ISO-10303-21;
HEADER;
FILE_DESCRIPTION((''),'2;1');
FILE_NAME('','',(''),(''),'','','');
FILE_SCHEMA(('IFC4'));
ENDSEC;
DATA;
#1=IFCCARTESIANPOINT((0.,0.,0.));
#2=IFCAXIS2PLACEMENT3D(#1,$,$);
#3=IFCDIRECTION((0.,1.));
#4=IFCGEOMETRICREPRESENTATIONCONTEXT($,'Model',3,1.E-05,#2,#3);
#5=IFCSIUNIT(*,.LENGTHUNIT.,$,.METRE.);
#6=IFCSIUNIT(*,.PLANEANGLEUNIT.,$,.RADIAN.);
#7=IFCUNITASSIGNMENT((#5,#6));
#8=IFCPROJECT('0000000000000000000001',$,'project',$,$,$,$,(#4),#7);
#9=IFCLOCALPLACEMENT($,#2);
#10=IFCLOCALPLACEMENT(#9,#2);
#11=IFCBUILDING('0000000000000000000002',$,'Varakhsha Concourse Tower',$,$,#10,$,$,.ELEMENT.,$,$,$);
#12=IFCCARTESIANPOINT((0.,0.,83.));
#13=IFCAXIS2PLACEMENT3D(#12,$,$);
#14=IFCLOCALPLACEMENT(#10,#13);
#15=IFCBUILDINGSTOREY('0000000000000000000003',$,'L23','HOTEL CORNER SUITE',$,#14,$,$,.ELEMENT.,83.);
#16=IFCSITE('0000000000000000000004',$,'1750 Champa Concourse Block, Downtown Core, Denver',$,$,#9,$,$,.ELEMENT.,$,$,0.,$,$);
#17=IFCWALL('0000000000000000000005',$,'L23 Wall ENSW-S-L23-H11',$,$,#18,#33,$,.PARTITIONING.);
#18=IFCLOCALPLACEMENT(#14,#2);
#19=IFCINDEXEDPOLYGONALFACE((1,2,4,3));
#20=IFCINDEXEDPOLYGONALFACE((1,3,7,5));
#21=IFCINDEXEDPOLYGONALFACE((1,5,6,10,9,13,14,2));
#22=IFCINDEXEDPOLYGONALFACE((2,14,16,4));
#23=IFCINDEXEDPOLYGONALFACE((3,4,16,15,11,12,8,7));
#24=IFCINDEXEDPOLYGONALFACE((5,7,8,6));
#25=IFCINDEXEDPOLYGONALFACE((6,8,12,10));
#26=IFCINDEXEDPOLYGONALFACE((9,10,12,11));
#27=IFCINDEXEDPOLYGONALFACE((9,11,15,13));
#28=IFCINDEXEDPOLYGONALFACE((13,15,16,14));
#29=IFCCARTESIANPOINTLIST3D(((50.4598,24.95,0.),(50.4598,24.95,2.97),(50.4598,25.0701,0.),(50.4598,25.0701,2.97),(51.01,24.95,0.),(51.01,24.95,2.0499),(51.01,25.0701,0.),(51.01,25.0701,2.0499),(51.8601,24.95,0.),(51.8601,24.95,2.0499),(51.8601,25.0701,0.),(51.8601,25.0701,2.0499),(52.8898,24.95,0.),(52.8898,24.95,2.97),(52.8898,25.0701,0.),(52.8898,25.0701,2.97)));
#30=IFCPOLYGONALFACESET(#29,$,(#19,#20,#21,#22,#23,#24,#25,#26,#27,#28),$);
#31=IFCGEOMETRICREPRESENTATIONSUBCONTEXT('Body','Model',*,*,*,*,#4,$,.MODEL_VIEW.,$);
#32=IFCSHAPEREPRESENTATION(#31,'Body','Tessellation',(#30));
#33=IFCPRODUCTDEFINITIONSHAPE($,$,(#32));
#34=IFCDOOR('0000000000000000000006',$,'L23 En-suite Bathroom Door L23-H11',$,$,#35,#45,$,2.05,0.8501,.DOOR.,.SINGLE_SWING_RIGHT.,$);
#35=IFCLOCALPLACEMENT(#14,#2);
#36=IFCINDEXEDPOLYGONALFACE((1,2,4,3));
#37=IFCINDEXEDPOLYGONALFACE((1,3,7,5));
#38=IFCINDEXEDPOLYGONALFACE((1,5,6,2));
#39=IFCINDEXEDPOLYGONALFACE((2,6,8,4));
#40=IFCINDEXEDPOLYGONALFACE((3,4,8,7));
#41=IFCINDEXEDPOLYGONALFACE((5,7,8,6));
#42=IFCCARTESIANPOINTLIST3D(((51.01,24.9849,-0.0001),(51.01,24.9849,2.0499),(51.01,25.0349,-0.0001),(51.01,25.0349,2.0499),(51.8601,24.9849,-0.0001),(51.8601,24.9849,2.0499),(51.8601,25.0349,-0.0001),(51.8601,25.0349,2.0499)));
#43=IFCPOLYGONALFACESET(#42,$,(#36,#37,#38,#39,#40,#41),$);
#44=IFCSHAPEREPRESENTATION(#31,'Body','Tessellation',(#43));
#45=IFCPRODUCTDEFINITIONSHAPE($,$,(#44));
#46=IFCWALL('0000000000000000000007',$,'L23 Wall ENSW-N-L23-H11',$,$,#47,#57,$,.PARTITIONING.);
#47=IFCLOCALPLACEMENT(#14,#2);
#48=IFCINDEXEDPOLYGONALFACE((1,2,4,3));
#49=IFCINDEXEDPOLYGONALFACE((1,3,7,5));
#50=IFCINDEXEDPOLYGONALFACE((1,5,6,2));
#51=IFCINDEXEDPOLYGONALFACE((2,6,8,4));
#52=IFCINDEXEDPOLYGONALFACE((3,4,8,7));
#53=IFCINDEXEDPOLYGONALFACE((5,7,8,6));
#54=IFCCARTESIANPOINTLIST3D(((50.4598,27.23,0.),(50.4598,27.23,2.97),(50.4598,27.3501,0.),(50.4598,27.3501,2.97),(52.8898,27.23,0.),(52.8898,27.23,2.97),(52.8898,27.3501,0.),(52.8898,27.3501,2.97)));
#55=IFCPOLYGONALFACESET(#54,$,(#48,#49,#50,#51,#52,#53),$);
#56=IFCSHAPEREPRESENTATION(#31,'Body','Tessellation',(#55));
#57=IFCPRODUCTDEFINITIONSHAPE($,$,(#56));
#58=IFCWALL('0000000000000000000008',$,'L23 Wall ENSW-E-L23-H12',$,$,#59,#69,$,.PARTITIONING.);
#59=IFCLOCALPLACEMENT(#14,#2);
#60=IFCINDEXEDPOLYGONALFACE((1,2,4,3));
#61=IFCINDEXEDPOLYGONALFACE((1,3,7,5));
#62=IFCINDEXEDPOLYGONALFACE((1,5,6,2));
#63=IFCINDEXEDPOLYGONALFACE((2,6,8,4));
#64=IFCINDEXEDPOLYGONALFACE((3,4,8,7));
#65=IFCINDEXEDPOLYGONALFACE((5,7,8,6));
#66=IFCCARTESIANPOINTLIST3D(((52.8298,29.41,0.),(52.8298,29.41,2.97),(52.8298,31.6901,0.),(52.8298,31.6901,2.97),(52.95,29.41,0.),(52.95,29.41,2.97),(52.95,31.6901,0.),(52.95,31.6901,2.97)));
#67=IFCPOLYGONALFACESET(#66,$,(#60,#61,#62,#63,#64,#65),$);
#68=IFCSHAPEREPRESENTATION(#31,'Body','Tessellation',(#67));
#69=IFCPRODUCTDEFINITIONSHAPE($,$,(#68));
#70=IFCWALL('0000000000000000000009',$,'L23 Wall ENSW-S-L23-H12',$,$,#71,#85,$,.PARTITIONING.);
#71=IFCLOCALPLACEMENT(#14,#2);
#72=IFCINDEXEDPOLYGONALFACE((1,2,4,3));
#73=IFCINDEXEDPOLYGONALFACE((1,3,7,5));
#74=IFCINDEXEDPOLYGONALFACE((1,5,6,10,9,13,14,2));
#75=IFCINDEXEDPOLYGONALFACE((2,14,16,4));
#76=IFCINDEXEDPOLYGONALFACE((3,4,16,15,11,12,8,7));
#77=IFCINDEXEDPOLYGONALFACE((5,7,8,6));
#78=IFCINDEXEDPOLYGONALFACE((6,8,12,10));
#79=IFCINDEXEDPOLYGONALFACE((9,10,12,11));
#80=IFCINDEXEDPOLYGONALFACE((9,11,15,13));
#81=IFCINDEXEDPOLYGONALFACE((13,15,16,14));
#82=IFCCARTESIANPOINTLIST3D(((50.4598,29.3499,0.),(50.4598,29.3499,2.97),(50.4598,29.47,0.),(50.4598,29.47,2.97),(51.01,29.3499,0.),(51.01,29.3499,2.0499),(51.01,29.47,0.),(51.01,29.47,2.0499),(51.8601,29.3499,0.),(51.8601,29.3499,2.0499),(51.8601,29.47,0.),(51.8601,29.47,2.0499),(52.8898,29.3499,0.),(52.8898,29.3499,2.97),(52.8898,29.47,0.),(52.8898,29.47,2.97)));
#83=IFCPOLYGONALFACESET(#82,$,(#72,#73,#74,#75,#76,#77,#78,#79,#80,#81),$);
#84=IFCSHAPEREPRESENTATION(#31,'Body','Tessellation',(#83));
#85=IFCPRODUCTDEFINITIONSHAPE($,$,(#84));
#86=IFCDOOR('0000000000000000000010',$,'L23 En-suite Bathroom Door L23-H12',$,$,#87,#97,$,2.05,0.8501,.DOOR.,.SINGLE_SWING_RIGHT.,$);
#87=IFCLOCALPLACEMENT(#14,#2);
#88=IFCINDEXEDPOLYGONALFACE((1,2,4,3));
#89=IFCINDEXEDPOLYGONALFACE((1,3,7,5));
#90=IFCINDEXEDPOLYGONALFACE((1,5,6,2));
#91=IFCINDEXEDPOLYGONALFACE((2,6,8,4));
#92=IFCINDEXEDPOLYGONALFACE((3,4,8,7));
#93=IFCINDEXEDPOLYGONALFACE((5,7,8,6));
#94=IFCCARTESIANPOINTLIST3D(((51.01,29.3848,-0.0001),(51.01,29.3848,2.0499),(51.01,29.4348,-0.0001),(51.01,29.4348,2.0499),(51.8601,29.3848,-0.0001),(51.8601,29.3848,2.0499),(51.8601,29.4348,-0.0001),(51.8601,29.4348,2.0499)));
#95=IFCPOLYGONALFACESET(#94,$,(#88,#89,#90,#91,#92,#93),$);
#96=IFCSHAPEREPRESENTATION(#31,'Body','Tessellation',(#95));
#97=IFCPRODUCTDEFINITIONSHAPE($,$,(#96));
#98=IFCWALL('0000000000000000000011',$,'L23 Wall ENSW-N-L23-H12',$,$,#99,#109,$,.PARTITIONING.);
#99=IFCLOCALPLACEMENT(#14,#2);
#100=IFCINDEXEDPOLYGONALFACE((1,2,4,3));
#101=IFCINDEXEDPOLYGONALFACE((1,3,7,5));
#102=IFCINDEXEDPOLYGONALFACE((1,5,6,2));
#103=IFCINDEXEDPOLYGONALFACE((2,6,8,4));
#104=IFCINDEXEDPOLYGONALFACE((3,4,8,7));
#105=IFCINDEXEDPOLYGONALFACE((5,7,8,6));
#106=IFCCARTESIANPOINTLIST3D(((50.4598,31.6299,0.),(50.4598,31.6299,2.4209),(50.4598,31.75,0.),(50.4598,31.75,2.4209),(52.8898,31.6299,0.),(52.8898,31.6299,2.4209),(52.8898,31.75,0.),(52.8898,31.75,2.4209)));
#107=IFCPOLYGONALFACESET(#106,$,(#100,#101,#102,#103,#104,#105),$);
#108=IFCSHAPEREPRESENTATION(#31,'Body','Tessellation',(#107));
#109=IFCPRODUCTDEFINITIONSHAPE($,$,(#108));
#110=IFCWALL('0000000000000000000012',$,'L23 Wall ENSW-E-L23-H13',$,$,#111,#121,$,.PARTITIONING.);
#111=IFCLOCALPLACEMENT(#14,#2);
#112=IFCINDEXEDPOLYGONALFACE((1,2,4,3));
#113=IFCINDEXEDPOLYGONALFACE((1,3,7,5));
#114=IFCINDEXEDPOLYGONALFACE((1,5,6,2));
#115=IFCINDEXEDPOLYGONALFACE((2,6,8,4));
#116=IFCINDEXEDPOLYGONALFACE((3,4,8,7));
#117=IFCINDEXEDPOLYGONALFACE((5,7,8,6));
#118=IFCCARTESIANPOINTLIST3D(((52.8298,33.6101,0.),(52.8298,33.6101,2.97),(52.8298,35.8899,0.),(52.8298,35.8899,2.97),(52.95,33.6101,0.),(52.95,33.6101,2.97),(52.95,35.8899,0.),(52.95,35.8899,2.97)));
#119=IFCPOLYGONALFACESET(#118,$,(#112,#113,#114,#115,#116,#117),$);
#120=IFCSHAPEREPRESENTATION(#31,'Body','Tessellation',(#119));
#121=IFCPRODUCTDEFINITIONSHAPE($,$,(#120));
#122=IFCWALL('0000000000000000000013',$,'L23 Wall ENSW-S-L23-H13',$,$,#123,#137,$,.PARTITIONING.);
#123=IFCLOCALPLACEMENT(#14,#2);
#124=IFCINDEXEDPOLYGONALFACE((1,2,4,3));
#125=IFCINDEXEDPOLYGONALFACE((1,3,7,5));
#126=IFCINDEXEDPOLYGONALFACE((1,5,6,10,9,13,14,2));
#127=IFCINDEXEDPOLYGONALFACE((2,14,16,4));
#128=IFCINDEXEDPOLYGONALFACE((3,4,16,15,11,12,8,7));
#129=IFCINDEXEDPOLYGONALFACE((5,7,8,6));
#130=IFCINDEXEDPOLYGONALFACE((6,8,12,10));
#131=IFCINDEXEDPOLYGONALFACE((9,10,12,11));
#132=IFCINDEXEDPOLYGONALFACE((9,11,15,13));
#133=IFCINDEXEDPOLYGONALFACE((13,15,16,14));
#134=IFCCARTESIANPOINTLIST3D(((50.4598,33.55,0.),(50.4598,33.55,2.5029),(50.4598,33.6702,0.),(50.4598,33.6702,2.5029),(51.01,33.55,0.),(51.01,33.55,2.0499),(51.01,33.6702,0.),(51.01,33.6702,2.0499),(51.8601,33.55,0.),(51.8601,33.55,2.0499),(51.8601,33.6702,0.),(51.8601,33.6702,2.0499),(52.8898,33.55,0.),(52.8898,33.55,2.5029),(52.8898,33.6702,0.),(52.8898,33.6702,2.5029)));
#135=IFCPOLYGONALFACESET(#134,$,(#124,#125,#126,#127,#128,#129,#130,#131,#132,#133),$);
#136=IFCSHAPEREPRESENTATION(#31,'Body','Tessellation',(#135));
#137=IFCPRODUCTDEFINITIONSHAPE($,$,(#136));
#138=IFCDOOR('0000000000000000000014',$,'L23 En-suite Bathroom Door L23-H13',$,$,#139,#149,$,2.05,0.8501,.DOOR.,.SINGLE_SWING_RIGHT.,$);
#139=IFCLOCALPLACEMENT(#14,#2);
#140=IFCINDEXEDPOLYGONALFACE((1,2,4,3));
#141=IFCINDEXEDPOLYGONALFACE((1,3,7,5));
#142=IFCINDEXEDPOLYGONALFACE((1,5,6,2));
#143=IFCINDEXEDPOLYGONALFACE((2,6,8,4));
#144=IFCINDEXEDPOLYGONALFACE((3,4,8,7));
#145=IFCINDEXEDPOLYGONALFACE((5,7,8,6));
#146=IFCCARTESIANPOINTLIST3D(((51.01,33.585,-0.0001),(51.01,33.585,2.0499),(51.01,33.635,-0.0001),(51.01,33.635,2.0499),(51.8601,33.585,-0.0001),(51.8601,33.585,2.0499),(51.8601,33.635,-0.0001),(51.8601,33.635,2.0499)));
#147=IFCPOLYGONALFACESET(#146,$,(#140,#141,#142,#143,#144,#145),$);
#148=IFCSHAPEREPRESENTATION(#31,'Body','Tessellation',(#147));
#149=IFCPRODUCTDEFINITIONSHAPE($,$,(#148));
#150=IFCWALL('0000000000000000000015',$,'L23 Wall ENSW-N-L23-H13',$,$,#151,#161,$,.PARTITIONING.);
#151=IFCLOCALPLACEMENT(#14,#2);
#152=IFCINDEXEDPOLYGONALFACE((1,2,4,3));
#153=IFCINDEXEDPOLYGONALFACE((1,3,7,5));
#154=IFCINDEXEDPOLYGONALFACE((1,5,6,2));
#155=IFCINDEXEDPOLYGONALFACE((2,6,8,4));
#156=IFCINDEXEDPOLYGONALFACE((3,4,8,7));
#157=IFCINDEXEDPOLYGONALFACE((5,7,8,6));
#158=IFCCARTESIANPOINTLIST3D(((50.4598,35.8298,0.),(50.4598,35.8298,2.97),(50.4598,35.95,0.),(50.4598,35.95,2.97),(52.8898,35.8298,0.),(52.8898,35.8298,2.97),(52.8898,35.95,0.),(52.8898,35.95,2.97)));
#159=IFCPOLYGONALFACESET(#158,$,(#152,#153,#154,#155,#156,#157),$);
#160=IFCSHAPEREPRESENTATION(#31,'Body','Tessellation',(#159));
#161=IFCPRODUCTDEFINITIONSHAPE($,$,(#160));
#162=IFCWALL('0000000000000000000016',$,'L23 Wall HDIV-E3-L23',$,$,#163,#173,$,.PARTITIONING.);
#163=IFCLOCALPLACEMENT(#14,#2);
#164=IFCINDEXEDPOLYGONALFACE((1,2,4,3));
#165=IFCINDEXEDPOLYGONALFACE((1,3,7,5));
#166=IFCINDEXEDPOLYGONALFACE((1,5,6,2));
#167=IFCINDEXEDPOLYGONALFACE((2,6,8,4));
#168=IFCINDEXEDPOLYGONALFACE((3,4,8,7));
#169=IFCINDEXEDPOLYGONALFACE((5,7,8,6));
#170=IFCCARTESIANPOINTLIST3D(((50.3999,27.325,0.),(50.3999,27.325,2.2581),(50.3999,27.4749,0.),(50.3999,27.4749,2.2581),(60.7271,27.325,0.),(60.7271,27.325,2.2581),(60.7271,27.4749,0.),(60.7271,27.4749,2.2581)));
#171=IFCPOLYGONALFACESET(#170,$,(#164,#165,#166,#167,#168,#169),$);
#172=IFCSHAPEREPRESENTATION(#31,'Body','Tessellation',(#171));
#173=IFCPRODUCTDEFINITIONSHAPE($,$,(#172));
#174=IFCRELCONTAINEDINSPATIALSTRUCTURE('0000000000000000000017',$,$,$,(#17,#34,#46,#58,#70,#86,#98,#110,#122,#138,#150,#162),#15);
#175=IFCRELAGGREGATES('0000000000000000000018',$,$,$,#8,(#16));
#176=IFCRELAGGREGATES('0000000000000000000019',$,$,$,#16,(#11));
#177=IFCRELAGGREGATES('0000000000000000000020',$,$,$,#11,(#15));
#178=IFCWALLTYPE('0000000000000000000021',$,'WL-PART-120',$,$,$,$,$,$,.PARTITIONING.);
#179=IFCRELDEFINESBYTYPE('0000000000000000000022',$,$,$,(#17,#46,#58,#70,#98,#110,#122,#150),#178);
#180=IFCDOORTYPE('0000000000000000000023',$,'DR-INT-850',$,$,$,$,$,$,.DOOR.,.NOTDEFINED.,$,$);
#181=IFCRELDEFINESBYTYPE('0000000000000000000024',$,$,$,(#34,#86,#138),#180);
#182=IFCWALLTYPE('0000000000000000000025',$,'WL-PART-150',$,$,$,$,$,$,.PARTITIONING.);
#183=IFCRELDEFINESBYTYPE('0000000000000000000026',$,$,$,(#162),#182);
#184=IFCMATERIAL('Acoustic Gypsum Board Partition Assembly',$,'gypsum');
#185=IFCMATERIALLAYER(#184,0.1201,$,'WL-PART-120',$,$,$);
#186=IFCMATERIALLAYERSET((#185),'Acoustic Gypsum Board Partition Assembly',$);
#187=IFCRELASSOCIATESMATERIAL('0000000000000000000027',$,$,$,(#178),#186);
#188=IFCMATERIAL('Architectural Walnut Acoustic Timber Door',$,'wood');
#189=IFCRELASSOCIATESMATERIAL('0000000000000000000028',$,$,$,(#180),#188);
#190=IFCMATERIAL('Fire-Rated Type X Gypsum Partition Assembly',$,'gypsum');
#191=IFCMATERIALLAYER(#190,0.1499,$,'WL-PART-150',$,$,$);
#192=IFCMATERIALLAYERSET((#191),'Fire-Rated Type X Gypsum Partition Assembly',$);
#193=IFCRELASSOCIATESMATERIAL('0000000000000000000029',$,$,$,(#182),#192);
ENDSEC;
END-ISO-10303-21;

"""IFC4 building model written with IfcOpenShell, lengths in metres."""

from ifc_helpers import new_model, si_unit, direction, frame, frame_2d, origin, place, context, subcontext, project, spatial, rectangle, extrude, material, layer, layer_set, type_object, element, fill, save


model = new_model("IFC4")

# Units and contexts
model_context = context("Model", 3, precision=1e-05, world=origin(), true_north=direction((0.0, 1.0)))
body_context = subcontext(model_context, "Body", "Model", "MODEL_VIEW")
ifc_project = project(units=[si_unit("LENGTHUNIT", "METRE"), si_unit("PLANEANGLEUNIT", "RADIAN")], contexts=[model_context])

# Site, building, storey
site_placement = place(None, origin())
site = spatial("IfcSite", under=ifc_project, at=site_placement, Name="1750 Champa Concourse Block, Downtown Core, Denver", CompositionType="ELEMENT", RefElevation=0.0)
building_placement = place(site_placement, origin())
building = spatial("IfcBuilding", under=site, at=building_placement, Name="Varakhsha Concourse Tower", CompositionType="ELEMENT")
storey_placement = place(building_placement, frame((0.0, 0.0, 83.0)))
storey = spatial("IfcBuildingStorey", under=building, at=storey_placement, Name="L23", Description="HOTEL CORNER SUITE", CompositionType="ELEMENT", Elevation=83.0)

# Shared definitions
ifc_material_1 = material(Name="Acoustic Gypsum Board Partition Assembly", Category="gypsum")
ifc_layer_1 = layer(ifc_material_1, 0.1201, Name="WL-PART-120")
ifc_layer_set_1 = layer_set([ifc_layer_1], Name="Acoustic Gypsum Board Partition Assembly")
wall_type_1 = type_object("IfcWallType", Name="WL-PART-120", PredefinedType="PARTITIONING", material=ifc_layer_set_1)

# Wall, opening, door
wall_1_placement = place(storey_placement, frame((50.46, 25.01, 0.0), z_axis=(0.0, 0.0, 1.0), x_axis=(1.0, 0.0, 0.0)))
wall_1 = element("IfcWall", 1, at=wall_1_placement, inside=storey, type_object=wall_type_1, Name="L23 Wall ENSW-S-L23-H11", PredefinedType="PARTITIONING", context=body_context, shape_type="SweptSolid", body=[
    extrude(rectangle(XDim=2.4299, YDim=0.1201, at=frame_2d((1.2148, 0.0))), origin(), (0.0, 0.0, 1.0), 2.97),
])
opening_1_placement = place(wall_1_placement, frame((0.55, 0.0, 0.0)))
opening_1 = element("IfcOpeningElement", 2, at=opening_1_placement, cuts=wall_1, PredefinedType="OPENING", context=body_context, shape_type="SweptSolid", body=[
    extrude(rectangle(XDim=0.8501, YDim=2.05, at=frame_2d((0.425, 1.0249))), frame((0.0, 0.0701, 0.0), z_axis=(0.0, -1.0, 0.0), x_axis=(1.0, 0.0, 0.0)), (0.0, 0.0, 1.0), 0.1401),
])
ifc_material_2 = material(Name="Architectural Walnut Acoustic Timber Door", Category="wood")
door_type = type_object("IfcDoorType", Name="DR-INT-850", OperationType="NOTDEFINED", PredefinedType="DOOR", material=ifc_material_2)
door_1_placement = place(opening_1_placement, origin())
door_1 = element("IfcDoor", 3, at=door_1_placement, inside=storey, type_object=door_type, Name="L23 En-suite Bathroom Door L23-H11", OperationType="SINGLE_SWING_RIGHT", OverallHeight=2.05, OverallWidth=0.8501, PredefinedType="DOOR", context=body_context, shape_type="SweptSolid", body=[
    extrude(rectangle(XDim=0.8501, YDim=2.05, at=frame_2d((0.425, 1.0249))), frame((0.0, 0.0249, 0.0), z_axis=(0.0, -1.0, 0.0), x_axis=(1.0, 0.0, 0.0)), (0.0, 0.0, 1.0), 0.05),
])
fill(opening_1, door_1)

# Walls
wall_2_placement = place(storey_placement, frame((50.46, 27.29, 0.0), z_axis=(0.0, 0.0, 1.0), x_axis=(1.0, 0.0, 0.0)))
element("IfcWall", 4, at=wall_2_placement, inside=storey, type_object=wall_type_1, Name="L23 Wall ENSW-N-L23-H11", PredefinedType="PARTITIONING", context=body_context, shape_type="SweptSolid", body=[
    extrude(rectangle(XDim=2.4299, YDim=0.1201, at=frame_2d((1.2148, 0.0))), origin(), (0.0, 0.0, 1.0), 2.97),
])
wall_3_placement = place(storey_placement, frame((52.8899, 29.4099, 0.0), z_axis=(0.0, 0.0, 1.0), x_axis=(0.0, 1.0, 0.0)))
element("IfcWall", 5, at=wall_3_placement, inside=storey, type_object=wall_type_1, Name="L23 Wall ENSW-E-L23-H12", PredefinedType="PARTITIONING", context=body_context, shape_type="SweptSolid", body=[
    extrude(rectangle(XDim=2.28, YDim=0.1201, at=frame_2d((1.1401, 0.0))), origin(), (0.0, 0.0, 1.0), 2.97),
])

# Wall, opening, door
wall_4_placement = place(storey_placement, frame((50.46, 29.4099, 0.0), z_axis=(0.0, 0.0, 1.0), x_axis=(1.0, 0.0, 0.0)))
wall_4 = element("IfcWall", 6, at=wall_4_placement, inside=storey, type_object=wall_type_1, Name="L23 Wall ENSW-S-L23-H12", PredefinedType="PARTITIONING", context=body_context, shape_type="SweptSolid", body=[
    extrude(rectangle(XDim=2.4299, YDim=0.1201, at=frame_2d((1.2148, 0.0))), origin(), (0.0, 0.0, 1.0), 2.97),
])
opening_2_placement = place(wall_4_placement, frame((0.55, 0.0, 0.0)))
opening_2 = element("IfcOpeningElement", 7, at=opening_2_placement, cuts=wall_4, PredefinedType="OPENING", context=body_context, shape_type="SweptSolid", body=[
    extrude(rectangle(XDim=0.8501, YDim=2.05, at=frame_2d((0.425, 1.0249))), frame((0.0, 0.0701, 0.0), z_axis=(0.0, -1.0, 0.0), x_axis=(1.0, 0.0, 0.0)), (0.0, 0.0, 1.0), 0.1401),
])
door_2_placement = place(opening_2_placement, origin())
door_2 = element("IfcDoor", 8, at=door_2_placement, inside=storey, type_object=door_type, Name="L23 En-suite Bathroom Door L23-H12", OperationType="SINGLE_SWING_RIGHT", OverallHeight=2.05, OverallWidth=0.8501, PredefinedType="DOOR", context=body_context, shape_type="SweptSolid", body=[
    extrude(rectangle(XDim=0.8501, YDim=2.05, at=frame_2d((0.425, 1.0249))), frame((0.0, 0.0249, 0.0), z_axis=(0.0, -1.0, 0.0), x_axis=(1.0, 0.0, 0.0)), (0.0, 0.0, 1.0), 0.05),
])
fill(opening_2, door_2)

# Walls
wall_5_placement = place(storey_placement, frame((50.46, 31.6899, 0.0), z_axis=(0.0, 0.0, 1.0), x_axis=(1.0, 0.0, 0.0)))
element("IfcWall", 9, at=wall_5_placement, inside=storey, type_object=wall_type_1, Name="L23 Wall ENSW-N-L23-H12", PredefinedType="PARTITIONING", context=body_context, shape_type="SweptSolid", body=[
    extrude(rectangle(XDim=2.4299, YDim=0.1201, at=frame_2d((1.2148, 0.0))), origin(), (0.0, 0.0, 1.0), 2.4209),
])
wall_6_placement = place(storey_placement, frame((52.8899, 33.6101, 0.0), z_axis=(0.0, 0.0, 1.0), x_axis=(0.0, 1.0, 0.0)))
element("IfcWall", 10, at=wall_6_placement, inside=storey, type_object=wall_type_1, Name="L23 Wall ENSW-E-L23-H13", PredefinedType="PARTITIONING", context=body_context, shape_type="SweptSolid", body=[
    extrude(rectangle(XDim=2.2798, YDim=0.1201, at=frame_2d((1.1399, 0.0))), origin(), (0.0, 0.0, 1.0), 2.97),
])

# Wall, opening, door
wall_7_placement = place(storey_placement, frame((50.46, 33.6101, 0.0), z_axis=(0.0, 0.0, 1.0), x_axis=(1.0, 0.0, 0.0)))
wall_7 = element("IfcWall", 11, at=wall_7_placement, inside=storey, type_object=wall_type_1, Name="L23 Wall ENSW-S-L23-H13", PredefinedType="PARTITIONING", context=body_context, shape_type="SweptSolid", body=[
    extrude(rectangle(XDim=2.4299, YDim=0.1201, at=frame_2d((1.2148, 0.0))), origin(), (0.0, 0.0, 1.0), 2.5029),
])
opening_3_placement = place(wall_7_placement, frame((0.55, 0.0, 0.0)))
opening_3 = element("IfcOpeningElement", 12, at=opening_3_placement, cuts=wall_7, PredefinedType="OPENING", context=body_context, shape_type="SweptSolid", body=[
    extrude(rectangle(XDim=0.8501, YDim=2.05, at=frame_2d((0.425, 1.0249))), frame((0.0, 0.0701, 0.0), z_axis=(0.0, -1.0, 0.0), x_axis=(1.0, 0.0, 0.0)), (0.0, 0.0, 1.0), 0.1401),
])
door_3_placement = place(opening_3_placement, origin())
door_3 = element("IfcDoor", 13, at=door_3_placement, inside=storey, type_object=door_type, Name="L23 En-suite Bathroom Door L23-H13", OperationType="SINGLE_SWING_RIGHT", OverallHeight=2.05, OverallWidth=0.8501, PredefinedType="DOOR", context=body_context, shape_type="SweptSolid", body=[
    extrude(rectangle(XDim=0.8501, YDim=2.05, at=frame_2d((0.425, 1.0249))), frame((0.0, 0.0249, 0.0), z_axis=(0.0, -1.0, 0.0), x_axis=(1.0, 0.0, 0.0)), (0.0, 0.0, 1.0), 0.05),
])
fill(opening_3, door_3)

# Walls
wall_8_placement = place(storey_placement, frame((50.46, 35.8899, 0.0), z_axis=(0.0, 0.0, 1.0), x_axis=(1.0, 0.0, 0.0)))
element("IfcWall", 14, at=wall_8_placement, inside=storey, type_object=wall_type_1, Name="L23 Wall ENSW-N-L23-H13", PredefinedType="PARTITIONING", context=body_context, shape_type="SweptSolid", body=[
    extrude(rectangle(XDim=2.4299, YDim=0.1201, at=frame_2d((1.2148, 0.0))), origin(), (0.0, 0.0, 1.0), 2.97),
])
ifc_material_3 = material(Name="Fire-Rated Type X Gypsum Partition Assembly", Category="gypsum")
ifc_layer_2 = layer(ifc_material_3, 0.1499, Name="WL-PART-150")
ifc_layer_set_2 = layer_set([ifc_layer_2], Name="Fire-Rated Type X Gypsum Partition Assembly")
wall_type_2 = type_object("IfcWallType", Name="WL-PART-150", PredefinedType="PARTITIONING", material=ifc_layer_set_2)
wall_9_placement = place(storey_placement, frame((50.3999, 27.3999, 0.0), z_axis=(0.0, 0.0, 1.0), x_axis=(1.0, 0.0, 0.0)))
element("IfcWall", 15, at=wall_9_placement, inside=storey, type_object=wall_type_2, Name="L23 Wall HDIV-E3-L23", PredefinedType="PARTITIONING", context=body_context, shape_type="SweptSolid", body=[
    extrude(rectangle(XDim=10.3271, YDim=0.1499, at=frame_2d((5.1636, 0.0))), origin(), (0.0, 0.0, 1.0), 2.2581),
])

save(model, "model.ifc")
